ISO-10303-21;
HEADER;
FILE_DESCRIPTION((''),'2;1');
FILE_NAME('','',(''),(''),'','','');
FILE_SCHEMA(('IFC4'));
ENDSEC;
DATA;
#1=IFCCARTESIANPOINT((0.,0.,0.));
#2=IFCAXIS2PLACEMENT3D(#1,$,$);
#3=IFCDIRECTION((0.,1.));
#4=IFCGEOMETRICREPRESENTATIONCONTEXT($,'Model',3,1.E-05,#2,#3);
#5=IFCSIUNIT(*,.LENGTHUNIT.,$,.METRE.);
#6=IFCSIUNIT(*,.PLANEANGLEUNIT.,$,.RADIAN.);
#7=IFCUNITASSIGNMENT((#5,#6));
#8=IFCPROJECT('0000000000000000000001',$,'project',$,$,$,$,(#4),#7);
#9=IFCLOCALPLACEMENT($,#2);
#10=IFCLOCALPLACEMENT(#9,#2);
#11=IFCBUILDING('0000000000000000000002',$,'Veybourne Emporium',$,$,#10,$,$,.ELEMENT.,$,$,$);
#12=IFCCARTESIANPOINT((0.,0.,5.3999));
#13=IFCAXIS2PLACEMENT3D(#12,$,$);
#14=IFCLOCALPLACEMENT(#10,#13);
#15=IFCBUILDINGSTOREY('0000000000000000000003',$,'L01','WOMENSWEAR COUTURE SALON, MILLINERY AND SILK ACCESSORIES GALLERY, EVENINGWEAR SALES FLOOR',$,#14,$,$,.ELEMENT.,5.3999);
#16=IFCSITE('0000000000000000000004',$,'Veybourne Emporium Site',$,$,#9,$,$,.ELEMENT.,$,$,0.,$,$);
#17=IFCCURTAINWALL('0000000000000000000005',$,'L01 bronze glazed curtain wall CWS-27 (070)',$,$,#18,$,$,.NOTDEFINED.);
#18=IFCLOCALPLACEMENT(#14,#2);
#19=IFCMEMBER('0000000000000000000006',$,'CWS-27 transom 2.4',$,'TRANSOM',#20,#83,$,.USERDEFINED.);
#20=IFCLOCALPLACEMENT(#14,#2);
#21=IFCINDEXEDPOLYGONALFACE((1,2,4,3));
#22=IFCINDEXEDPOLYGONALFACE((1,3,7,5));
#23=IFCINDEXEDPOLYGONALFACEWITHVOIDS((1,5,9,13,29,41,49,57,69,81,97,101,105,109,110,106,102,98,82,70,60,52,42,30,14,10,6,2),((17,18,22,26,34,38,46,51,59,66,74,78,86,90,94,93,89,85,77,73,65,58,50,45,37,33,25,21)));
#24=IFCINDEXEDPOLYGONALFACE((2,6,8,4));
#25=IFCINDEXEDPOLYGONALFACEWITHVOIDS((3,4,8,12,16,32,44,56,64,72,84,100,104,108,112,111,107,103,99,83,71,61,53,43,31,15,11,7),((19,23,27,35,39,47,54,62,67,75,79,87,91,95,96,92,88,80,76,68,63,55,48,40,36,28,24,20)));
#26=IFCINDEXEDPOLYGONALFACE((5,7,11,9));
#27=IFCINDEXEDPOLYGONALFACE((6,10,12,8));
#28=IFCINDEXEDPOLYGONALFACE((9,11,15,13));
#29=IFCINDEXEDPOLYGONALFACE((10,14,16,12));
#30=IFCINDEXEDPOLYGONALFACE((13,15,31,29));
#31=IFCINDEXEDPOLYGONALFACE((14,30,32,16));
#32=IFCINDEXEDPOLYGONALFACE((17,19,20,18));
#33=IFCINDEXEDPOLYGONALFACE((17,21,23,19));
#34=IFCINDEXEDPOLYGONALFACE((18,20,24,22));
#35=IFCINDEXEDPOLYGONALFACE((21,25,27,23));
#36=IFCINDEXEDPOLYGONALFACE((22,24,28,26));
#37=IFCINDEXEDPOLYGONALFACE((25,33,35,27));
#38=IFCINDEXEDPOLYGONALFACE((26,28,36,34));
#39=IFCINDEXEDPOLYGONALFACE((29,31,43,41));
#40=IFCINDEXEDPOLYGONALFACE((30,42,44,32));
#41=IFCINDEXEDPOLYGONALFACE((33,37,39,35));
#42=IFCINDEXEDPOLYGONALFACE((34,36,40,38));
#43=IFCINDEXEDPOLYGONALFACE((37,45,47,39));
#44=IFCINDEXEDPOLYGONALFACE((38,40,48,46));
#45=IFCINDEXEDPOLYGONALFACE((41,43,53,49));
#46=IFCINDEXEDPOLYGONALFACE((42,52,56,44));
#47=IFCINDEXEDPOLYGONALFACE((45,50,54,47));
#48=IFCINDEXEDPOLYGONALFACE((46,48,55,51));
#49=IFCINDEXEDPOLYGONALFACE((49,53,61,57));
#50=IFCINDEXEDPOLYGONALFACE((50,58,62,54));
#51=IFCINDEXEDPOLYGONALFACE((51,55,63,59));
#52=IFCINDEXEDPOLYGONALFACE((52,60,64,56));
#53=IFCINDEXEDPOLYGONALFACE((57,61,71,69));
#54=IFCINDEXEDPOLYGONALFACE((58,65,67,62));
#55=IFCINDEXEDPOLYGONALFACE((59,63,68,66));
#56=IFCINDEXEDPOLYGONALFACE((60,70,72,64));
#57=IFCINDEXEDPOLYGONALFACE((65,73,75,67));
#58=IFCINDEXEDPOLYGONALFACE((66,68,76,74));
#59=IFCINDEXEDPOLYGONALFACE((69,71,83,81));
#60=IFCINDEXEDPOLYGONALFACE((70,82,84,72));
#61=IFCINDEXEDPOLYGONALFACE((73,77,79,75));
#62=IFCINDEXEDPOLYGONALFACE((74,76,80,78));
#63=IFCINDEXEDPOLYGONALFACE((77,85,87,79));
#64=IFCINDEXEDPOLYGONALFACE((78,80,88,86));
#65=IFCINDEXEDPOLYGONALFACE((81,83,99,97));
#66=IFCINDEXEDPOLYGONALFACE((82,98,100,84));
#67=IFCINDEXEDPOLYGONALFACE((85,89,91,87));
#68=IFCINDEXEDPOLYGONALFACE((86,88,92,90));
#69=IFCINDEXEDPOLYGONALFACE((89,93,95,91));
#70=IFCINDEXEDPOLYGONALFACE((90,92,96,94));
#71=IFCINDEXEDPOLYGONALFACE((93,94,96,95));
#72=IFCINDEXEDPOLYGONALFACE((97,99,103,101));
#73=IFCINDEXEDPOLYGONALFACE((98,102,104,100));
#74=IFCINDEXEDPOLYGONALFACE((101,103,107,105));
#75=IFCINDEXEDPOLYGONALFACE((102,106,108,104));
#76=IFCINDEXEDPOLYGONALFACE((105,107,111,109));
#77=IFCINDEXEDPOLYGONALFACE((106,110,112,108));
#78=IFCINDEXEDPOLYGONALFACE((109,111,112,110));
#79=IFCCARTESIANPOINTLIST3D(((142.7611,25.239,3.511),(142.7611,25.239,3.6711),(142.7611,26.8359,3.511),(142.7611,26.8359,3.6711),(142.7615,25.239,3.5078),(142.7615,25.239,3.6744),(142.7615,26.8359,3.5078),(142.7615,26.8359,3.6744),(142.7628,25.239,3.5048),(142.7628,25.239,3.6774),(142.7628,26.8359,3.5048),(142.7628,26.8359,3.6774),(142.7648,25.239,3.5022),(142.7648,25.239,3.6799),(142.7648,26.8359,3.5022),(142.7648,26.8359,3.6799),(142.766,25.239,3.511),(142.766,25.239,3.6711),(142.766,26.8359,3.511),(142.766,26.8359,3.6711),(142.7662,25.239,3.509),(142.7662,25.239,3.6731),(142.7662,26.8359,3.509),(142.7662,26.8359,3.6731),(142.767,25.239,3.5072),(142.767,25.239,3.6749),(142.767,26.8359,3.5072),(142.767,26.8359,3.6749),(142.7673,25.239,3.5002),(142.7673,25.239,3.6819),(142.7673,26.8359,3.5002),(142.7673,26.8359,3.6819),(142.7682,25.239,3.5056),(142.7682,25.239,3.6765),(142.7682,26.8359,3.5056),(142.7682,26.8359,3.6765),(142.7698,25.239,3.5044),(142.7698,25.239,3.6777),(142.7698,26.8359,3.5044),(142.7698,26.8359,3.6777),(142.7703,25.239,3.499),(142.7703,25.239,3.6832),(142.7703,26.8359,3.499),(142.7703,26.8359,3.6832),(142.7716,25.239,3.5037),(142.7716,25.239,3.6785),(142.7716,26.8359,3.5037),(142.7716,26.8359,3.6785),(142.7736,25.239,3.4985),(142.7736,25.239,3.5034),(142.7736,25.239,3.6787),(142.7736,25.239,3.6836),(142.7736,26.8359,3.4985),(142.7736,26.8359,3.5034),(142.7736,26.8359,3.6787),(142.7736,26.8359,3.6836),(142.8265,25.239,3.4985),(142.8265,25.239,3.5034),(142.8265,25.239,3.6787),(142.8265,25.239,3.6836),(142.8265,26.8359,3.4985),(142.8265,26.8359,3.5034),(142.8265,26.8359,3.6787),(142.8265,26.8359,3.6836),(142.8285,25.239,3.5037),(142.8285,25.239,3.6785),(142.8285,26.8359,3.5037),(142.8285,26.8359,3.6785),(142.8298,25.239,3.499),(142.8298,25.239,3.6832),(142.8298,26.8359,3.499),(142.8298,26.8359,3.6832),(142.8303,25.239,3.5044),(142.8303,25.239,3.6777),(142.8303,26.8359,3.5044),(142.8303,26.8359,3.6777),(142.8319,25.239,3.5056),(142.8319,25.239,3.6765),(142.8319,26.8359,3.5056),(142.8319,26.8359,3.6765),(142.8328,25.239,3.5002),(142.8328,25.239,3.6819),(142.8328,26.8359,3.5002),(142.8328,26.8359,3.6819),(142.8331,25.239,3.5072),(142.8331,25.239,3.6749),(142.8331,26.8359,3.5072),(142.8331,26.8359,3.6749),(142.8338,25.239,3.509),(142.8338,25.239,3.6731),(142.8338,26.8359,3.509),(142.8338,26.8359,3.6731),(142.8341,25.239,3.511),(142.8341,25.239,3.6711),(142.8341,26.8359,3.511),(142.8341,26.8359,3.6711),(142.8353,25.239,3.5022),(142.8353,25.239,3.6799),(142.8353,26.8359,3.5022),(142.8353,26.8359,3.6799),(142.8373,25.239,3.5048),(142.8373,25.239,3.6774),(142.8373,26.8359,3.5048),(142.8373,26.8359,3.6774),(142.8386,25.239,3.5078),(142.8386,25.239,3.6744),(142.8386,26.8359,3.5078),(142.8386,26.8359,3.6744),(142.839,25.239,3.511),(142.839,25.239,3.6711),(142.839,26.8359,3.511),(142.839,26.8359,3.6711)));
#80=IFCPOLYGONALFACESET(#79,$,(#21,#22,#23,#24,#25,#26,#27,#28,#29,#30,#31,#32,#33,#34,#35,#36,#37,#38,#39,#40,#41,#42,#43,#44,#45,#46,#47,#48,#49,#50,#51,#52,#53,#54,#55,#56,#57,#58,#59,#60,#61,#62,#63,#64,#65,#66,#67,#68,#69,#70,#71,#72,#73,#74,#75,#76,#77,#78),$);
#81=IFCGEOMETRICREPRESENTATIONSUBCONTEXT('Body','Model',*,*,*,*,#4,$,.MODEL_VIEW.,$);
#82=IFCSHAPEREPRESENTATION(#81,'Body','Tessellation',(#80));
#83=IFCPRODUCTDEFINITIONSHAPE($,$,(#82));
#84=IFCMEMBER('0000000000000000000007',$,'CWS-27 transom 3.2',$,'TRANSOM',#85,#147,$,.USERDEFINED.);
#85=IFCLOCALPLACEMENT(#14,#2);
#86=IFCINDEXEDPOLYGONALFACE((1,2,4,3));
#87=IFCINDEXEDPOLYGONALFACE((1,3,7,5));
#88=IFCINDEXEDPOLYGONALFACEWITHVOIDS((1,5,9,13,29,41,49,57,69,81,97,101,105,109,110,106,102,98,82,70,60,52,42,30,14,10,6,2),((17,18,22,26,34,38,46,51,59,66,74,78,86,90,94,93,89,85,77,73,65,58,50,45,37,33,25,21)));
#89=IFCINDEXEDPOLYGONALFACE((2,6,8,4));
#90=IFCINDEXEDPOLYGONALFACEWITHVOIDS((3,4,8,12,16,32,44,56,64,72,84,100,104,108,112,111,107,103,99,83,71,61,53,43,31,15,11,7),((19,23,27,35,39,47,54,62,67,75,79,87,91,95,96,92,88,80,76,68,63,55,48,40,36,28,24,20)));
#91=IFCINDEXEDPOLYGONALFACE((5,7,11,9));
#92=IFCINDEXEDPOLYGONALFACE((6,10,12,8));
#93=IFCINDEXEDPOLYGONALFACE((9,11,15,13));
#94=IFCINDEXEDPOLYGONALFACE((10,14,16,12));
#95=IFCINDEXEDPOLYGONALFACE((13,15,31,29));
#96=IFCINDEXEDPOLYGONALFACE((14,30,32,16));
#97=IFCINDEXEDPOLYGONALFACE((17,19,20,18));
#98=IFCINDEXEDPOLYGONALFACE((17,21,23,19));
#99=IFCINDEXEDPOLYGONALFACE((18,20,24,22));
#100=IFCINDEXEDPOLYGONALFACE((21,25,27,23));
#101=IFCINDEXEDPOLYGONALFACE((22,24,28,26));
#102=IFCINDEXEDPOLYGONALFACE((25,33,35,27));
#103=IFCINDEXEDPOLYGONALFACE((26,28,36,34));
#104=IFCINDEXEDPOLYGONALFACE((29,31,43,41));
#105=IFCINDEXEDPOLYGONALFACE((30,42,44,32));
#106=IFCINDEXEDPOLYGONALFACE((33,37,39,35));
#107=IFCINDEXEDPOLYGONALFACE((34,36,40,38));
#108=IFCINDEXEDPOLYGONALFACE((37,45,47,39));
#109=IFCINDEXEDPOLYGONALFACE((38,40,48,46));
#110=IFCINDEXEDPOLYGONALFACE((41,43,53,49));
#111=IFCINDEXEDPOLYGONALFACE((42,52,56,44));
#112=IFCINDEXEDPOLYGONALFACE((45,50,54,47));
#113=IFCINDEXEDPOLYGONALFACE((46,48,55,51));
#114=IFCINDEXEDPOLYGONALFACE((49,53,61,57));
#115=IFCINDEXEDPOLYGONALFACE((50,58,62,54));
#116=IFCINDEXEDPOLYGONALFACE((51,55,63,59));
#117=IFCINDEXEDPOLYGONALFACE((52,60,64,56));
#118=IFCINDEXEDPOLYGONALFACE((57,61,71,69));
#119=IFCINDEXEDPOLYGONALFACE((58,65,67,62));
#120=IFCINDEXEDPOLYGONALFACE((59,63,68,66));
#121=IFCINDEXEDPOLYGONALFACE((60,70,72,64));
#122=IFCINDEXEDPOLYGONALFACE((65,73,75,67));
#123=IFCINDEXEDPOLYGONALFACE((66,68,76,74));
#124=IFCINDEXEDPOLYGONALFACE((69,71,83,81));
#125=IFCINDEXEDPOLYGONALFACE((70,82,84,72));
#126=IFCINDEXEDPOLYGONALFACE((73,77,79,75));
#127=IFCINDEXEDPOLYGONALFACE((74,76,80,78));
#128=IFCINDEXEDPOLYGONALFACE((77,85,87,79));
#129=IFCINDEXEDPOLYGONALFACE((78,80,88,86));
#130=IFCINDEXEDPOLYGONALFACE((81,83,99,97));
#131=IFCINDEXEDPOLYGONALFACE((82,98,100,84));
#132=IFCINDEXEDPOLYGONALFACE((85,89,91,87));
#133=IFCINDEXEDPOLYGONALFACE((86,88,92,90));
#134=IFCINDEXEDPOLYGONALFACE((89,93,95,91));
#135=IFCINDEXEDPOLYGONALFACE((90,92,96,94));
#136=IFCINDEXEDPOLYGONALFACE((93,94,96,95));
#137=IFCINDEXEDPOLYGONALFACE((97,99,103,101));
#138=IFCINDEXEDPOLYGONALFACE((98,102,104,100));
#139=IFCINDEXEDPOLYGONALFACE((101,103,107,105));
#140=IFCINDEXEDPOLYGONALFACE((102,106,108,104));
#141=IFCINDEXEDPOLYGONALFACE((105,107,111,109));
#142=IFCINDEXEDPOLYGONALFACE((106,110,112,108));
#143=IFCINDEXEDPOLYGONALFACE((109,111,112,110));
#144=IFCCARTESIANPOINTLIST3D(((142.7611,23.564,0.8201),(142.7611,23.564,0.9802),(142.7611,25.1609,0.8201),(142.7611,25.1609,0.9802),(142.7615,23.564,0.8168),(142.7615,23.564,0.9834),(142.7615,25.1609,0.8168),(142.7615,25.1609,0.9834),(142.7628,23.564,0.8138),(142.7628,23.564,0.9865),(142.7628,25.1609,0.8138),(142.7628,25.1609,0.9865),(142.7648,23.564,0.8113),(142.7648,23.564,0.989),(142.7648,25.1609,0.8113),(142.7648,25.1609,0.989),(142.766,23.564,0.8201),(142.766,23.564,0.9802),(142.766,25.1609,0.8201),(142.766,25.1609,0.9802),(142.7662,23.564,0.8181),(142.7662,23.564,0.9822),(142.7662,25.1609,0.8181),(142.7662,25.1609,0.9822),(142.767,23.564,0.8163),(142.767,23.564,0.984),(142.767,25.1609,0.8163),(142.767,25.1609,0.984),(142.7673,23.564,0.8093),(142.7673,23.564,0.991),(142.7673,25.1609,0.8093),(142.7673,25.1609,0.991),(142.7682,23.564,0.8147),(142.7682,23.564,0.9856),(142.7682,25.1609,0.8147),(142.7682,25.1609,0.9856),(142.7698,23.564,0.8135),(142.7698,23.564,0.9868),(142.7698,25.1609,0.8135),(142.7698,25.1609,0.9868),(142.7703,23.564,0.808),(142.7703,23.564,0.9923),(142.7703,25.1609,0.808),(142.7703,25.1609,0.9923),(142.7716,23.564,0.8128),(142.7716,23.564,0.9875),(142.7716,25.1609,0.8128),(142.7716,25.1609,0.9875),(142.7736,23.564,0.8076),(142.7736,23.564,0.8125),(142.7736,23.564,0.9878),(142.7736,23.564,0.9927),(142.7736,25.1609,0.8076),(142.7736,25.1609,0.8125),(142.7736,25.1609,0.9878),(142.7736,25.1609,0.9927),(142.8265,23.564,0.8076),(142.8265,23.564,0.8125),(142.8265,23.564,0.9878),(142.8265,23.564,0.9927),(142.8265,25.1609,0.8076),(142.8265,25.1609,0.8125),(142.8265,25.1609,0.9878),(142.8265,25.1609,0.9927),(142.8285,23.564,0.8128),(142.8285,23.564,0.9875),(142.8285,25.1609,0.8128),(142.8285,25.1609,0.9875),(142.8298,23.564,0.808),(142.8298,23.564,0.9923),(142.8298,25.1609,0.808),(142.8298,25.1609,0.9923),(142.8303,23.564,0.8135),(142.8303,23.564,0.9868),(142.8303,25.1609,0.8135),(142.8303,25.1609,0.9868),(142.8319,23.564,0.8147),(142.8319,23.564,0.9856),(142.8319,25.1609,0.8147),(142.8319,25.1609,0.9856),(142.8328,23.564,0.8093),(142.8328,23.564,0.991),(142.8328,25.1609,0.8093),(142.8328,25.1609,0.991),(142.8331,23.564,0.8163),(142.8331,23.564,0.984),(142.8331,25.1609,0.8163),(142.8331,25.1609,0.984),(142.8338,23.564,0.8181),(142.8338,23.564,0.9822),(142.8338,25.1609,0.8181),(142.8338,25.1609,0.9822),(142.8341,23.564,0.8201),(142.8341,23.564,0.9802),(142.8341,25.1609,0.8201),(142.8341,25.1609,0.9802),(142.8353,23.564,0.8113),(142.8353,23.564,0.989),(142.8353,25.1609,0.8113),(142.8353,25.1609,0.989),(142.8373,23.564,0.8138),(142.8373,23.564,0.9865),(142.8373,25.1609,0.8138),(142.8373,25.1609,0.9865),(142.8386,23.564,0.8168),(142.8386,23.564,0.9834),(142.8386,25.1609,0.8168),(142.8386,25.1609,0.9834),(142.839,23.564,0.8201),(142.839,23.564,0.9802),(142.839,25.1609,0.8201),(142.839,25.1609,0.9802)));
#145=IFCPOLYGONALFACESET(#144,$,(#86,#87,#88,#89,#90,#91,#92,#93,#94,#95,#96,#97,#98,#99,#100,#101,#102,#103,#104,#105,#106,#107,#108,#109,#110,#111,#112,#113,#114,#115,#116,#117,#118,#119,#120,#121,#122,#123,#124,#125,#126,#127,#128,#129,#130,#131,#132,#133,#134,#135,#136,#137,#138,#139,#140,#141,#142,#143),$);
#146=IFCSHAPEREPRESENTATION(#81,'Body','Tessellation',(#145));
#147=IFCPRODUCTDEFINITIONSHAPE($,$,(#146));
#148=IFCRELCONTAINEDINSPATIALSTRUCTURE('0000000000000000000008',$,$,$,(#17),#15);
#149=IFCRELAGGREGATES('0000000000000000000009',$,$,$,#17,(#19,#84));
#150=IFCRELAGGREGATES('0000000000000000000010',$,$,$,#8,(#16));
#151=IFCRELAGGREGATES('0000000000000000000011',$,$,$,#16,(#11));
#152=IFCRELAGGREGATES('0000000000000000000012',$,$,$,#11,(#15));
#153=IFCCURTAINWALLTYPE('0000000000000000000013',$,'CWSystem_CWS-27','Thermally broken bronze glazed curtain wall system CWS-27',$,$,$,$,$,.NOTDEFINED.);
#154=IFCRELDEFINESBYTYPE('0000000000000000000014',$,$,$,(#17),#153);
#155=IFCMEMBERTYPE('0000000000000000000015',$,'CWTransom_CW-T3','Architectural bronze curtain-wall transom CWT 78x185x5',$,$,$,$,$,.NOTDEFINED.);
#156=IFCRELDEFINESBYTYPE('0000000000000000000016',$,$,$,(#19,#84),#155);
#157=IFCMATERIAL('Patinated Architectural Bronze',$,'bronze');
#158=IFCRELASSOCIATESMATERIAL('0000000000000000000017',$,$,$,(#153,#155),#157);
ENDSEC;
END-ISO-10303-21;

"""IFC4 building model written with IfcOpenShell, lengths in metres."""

from ifc_helpers import new_model, si_unit, direction, frame, origin, origin_2d, place, context, subcontext, project, spatial, hollow_rectangle, extrude, material, material_profile, profile_set, type_object, element, aggregate, save


model = new_model("IFC4")

# Units and contexts
model_context = context("Model", 3, precision=1e-05, world=origin(), true_north=direction((0.0, 1.0)))
body_context = subcontext(model_context, "Body", "Model", "MODEL_VIEW")
ifc_project = project(units=[si_unit("LENGTHUNIT", "METRE"), si_unit("PLANEANGLEUNIT", "RADIAN")], contexts=[model_context])

# Site, building, storey
site_placement = place(None, origin())
site = spatial("IfcSite", under=ifc_project, at=site_placement, Name="Veybourne Emporium Site", CompositionType="ELEMENT", RefElevation=0.0)
building_placement = place(site_placement, origin())
building = spatial("IfcBuilding", under=site, at=building_placement, Name="Veybourne Emporium", CompositionType="ELEMENT")
storey_placement = place(building_placement, frame((0.0, 0.0, 5.3999)))
storey = spatial("IfcBuildingStorey", under=building, at=storey_placement, Name="L01", Description="WOMENSWEAR COUTURE SALON, MILLINERY AND SILK ACCESSORIES GALLERY, EVENINGWEAR SALES FLOOR", CompositionType="ELEMENT", Elevation=5.3999)

# Curtain wall, members
ifc_material_1 = material(Name="Patinated Architectural Bronze", Category="bronze")
curtain_wall_type = type_object("IfcCurtainWallType", Name="CWSystem_CWS-27", Description="Thermally broken bronze glazed curtain wall system CWS-27", PredefinedType="NOTDEFINED", material=ifc_material_1)
curtain_wall_placement = place(storey_placement, origin())
curtain_wall = element("IfcCurtainWall", 1, at=curtain_wall_placement, inside=storey, type_object=curtain_wall_type, Name="L01 bronze glazed curtain wall CWS-27 (070)", PredefinedType="NOTDEFINED")
ifc_material_profile_1 = material_profile(ifc_material_1, hollow_rectangle(XDim=0.0779, YDim=0.1851, WallThickness=0.0049, InnerFilletRadius=0.0076, OuterFilletRadius=0.0125, at=origin_2d()), Name="CWT 78x185x5")
ifc_profile_set_1 = profile_set([ifc_material_profile_1], Name="Patinated Architectural Bronze")
member_type_1 = type_object("IfcMemberType", Name="CWTransom_CW-T3", Description="Architectural bronze curtain-wall transom CWT 78x185x5", PredefinedType="NOTDEFINED", material=ifc_profile_set_1)
member_1_placement = place(storey_placement, frame((142.8, 26.8359, 3.5911), z_axis=(0.0, -1.0, 0.0), x_axis=(1.0, 0.0, 0.0)))
member_1 = element("IfcMember", 2, at=member_1_placement, type_object=member_type_1, Name="CWS-27 transom 2.4", ObjectType="TRANSOM", PredefinedType="USERDEFINED", context=body_context, shape_type="SweptSolid", body=[
    extrude(hollow_rectangle(XDim=0.0779, YDim=0.1851, WallThickness=0.0049, InnerFilletRadius=0.0076, OuterFilletRadius=0.0125, at=origin_2d()), origin(), (0.0, 0.0, 1.0), 1.5969),
])
member_2_placement = place(storey_placement, frame((142.8, 25.1609, 0.9001), z_axis=(0.0, -1.0, 0.0), x_axis=(1.0, 0.0, 0.0)))
member_2 = element("IfcMember", 3, at=member_2_placement, type_object=member_type_1, Name="CWS-27 transom 3.2", ObjectType="TRANSOM", PredefinedType="USERDEFINED", context=body_context, shape_type="SweptSolid", body=[
    extrude(hollow_rectangle(XDim=0.0779, YDim=0.1851, WallThickness=0.0049, InnerFilletRadius=0.0076, OuterFilletRadius=0.0125, at=origin_2d()), origin(), (0.0, 0.0, 1.0), 1.5969),
])
aggregate(curtain_wall, [member_1, member_2])

save(model, "model.ifc")
